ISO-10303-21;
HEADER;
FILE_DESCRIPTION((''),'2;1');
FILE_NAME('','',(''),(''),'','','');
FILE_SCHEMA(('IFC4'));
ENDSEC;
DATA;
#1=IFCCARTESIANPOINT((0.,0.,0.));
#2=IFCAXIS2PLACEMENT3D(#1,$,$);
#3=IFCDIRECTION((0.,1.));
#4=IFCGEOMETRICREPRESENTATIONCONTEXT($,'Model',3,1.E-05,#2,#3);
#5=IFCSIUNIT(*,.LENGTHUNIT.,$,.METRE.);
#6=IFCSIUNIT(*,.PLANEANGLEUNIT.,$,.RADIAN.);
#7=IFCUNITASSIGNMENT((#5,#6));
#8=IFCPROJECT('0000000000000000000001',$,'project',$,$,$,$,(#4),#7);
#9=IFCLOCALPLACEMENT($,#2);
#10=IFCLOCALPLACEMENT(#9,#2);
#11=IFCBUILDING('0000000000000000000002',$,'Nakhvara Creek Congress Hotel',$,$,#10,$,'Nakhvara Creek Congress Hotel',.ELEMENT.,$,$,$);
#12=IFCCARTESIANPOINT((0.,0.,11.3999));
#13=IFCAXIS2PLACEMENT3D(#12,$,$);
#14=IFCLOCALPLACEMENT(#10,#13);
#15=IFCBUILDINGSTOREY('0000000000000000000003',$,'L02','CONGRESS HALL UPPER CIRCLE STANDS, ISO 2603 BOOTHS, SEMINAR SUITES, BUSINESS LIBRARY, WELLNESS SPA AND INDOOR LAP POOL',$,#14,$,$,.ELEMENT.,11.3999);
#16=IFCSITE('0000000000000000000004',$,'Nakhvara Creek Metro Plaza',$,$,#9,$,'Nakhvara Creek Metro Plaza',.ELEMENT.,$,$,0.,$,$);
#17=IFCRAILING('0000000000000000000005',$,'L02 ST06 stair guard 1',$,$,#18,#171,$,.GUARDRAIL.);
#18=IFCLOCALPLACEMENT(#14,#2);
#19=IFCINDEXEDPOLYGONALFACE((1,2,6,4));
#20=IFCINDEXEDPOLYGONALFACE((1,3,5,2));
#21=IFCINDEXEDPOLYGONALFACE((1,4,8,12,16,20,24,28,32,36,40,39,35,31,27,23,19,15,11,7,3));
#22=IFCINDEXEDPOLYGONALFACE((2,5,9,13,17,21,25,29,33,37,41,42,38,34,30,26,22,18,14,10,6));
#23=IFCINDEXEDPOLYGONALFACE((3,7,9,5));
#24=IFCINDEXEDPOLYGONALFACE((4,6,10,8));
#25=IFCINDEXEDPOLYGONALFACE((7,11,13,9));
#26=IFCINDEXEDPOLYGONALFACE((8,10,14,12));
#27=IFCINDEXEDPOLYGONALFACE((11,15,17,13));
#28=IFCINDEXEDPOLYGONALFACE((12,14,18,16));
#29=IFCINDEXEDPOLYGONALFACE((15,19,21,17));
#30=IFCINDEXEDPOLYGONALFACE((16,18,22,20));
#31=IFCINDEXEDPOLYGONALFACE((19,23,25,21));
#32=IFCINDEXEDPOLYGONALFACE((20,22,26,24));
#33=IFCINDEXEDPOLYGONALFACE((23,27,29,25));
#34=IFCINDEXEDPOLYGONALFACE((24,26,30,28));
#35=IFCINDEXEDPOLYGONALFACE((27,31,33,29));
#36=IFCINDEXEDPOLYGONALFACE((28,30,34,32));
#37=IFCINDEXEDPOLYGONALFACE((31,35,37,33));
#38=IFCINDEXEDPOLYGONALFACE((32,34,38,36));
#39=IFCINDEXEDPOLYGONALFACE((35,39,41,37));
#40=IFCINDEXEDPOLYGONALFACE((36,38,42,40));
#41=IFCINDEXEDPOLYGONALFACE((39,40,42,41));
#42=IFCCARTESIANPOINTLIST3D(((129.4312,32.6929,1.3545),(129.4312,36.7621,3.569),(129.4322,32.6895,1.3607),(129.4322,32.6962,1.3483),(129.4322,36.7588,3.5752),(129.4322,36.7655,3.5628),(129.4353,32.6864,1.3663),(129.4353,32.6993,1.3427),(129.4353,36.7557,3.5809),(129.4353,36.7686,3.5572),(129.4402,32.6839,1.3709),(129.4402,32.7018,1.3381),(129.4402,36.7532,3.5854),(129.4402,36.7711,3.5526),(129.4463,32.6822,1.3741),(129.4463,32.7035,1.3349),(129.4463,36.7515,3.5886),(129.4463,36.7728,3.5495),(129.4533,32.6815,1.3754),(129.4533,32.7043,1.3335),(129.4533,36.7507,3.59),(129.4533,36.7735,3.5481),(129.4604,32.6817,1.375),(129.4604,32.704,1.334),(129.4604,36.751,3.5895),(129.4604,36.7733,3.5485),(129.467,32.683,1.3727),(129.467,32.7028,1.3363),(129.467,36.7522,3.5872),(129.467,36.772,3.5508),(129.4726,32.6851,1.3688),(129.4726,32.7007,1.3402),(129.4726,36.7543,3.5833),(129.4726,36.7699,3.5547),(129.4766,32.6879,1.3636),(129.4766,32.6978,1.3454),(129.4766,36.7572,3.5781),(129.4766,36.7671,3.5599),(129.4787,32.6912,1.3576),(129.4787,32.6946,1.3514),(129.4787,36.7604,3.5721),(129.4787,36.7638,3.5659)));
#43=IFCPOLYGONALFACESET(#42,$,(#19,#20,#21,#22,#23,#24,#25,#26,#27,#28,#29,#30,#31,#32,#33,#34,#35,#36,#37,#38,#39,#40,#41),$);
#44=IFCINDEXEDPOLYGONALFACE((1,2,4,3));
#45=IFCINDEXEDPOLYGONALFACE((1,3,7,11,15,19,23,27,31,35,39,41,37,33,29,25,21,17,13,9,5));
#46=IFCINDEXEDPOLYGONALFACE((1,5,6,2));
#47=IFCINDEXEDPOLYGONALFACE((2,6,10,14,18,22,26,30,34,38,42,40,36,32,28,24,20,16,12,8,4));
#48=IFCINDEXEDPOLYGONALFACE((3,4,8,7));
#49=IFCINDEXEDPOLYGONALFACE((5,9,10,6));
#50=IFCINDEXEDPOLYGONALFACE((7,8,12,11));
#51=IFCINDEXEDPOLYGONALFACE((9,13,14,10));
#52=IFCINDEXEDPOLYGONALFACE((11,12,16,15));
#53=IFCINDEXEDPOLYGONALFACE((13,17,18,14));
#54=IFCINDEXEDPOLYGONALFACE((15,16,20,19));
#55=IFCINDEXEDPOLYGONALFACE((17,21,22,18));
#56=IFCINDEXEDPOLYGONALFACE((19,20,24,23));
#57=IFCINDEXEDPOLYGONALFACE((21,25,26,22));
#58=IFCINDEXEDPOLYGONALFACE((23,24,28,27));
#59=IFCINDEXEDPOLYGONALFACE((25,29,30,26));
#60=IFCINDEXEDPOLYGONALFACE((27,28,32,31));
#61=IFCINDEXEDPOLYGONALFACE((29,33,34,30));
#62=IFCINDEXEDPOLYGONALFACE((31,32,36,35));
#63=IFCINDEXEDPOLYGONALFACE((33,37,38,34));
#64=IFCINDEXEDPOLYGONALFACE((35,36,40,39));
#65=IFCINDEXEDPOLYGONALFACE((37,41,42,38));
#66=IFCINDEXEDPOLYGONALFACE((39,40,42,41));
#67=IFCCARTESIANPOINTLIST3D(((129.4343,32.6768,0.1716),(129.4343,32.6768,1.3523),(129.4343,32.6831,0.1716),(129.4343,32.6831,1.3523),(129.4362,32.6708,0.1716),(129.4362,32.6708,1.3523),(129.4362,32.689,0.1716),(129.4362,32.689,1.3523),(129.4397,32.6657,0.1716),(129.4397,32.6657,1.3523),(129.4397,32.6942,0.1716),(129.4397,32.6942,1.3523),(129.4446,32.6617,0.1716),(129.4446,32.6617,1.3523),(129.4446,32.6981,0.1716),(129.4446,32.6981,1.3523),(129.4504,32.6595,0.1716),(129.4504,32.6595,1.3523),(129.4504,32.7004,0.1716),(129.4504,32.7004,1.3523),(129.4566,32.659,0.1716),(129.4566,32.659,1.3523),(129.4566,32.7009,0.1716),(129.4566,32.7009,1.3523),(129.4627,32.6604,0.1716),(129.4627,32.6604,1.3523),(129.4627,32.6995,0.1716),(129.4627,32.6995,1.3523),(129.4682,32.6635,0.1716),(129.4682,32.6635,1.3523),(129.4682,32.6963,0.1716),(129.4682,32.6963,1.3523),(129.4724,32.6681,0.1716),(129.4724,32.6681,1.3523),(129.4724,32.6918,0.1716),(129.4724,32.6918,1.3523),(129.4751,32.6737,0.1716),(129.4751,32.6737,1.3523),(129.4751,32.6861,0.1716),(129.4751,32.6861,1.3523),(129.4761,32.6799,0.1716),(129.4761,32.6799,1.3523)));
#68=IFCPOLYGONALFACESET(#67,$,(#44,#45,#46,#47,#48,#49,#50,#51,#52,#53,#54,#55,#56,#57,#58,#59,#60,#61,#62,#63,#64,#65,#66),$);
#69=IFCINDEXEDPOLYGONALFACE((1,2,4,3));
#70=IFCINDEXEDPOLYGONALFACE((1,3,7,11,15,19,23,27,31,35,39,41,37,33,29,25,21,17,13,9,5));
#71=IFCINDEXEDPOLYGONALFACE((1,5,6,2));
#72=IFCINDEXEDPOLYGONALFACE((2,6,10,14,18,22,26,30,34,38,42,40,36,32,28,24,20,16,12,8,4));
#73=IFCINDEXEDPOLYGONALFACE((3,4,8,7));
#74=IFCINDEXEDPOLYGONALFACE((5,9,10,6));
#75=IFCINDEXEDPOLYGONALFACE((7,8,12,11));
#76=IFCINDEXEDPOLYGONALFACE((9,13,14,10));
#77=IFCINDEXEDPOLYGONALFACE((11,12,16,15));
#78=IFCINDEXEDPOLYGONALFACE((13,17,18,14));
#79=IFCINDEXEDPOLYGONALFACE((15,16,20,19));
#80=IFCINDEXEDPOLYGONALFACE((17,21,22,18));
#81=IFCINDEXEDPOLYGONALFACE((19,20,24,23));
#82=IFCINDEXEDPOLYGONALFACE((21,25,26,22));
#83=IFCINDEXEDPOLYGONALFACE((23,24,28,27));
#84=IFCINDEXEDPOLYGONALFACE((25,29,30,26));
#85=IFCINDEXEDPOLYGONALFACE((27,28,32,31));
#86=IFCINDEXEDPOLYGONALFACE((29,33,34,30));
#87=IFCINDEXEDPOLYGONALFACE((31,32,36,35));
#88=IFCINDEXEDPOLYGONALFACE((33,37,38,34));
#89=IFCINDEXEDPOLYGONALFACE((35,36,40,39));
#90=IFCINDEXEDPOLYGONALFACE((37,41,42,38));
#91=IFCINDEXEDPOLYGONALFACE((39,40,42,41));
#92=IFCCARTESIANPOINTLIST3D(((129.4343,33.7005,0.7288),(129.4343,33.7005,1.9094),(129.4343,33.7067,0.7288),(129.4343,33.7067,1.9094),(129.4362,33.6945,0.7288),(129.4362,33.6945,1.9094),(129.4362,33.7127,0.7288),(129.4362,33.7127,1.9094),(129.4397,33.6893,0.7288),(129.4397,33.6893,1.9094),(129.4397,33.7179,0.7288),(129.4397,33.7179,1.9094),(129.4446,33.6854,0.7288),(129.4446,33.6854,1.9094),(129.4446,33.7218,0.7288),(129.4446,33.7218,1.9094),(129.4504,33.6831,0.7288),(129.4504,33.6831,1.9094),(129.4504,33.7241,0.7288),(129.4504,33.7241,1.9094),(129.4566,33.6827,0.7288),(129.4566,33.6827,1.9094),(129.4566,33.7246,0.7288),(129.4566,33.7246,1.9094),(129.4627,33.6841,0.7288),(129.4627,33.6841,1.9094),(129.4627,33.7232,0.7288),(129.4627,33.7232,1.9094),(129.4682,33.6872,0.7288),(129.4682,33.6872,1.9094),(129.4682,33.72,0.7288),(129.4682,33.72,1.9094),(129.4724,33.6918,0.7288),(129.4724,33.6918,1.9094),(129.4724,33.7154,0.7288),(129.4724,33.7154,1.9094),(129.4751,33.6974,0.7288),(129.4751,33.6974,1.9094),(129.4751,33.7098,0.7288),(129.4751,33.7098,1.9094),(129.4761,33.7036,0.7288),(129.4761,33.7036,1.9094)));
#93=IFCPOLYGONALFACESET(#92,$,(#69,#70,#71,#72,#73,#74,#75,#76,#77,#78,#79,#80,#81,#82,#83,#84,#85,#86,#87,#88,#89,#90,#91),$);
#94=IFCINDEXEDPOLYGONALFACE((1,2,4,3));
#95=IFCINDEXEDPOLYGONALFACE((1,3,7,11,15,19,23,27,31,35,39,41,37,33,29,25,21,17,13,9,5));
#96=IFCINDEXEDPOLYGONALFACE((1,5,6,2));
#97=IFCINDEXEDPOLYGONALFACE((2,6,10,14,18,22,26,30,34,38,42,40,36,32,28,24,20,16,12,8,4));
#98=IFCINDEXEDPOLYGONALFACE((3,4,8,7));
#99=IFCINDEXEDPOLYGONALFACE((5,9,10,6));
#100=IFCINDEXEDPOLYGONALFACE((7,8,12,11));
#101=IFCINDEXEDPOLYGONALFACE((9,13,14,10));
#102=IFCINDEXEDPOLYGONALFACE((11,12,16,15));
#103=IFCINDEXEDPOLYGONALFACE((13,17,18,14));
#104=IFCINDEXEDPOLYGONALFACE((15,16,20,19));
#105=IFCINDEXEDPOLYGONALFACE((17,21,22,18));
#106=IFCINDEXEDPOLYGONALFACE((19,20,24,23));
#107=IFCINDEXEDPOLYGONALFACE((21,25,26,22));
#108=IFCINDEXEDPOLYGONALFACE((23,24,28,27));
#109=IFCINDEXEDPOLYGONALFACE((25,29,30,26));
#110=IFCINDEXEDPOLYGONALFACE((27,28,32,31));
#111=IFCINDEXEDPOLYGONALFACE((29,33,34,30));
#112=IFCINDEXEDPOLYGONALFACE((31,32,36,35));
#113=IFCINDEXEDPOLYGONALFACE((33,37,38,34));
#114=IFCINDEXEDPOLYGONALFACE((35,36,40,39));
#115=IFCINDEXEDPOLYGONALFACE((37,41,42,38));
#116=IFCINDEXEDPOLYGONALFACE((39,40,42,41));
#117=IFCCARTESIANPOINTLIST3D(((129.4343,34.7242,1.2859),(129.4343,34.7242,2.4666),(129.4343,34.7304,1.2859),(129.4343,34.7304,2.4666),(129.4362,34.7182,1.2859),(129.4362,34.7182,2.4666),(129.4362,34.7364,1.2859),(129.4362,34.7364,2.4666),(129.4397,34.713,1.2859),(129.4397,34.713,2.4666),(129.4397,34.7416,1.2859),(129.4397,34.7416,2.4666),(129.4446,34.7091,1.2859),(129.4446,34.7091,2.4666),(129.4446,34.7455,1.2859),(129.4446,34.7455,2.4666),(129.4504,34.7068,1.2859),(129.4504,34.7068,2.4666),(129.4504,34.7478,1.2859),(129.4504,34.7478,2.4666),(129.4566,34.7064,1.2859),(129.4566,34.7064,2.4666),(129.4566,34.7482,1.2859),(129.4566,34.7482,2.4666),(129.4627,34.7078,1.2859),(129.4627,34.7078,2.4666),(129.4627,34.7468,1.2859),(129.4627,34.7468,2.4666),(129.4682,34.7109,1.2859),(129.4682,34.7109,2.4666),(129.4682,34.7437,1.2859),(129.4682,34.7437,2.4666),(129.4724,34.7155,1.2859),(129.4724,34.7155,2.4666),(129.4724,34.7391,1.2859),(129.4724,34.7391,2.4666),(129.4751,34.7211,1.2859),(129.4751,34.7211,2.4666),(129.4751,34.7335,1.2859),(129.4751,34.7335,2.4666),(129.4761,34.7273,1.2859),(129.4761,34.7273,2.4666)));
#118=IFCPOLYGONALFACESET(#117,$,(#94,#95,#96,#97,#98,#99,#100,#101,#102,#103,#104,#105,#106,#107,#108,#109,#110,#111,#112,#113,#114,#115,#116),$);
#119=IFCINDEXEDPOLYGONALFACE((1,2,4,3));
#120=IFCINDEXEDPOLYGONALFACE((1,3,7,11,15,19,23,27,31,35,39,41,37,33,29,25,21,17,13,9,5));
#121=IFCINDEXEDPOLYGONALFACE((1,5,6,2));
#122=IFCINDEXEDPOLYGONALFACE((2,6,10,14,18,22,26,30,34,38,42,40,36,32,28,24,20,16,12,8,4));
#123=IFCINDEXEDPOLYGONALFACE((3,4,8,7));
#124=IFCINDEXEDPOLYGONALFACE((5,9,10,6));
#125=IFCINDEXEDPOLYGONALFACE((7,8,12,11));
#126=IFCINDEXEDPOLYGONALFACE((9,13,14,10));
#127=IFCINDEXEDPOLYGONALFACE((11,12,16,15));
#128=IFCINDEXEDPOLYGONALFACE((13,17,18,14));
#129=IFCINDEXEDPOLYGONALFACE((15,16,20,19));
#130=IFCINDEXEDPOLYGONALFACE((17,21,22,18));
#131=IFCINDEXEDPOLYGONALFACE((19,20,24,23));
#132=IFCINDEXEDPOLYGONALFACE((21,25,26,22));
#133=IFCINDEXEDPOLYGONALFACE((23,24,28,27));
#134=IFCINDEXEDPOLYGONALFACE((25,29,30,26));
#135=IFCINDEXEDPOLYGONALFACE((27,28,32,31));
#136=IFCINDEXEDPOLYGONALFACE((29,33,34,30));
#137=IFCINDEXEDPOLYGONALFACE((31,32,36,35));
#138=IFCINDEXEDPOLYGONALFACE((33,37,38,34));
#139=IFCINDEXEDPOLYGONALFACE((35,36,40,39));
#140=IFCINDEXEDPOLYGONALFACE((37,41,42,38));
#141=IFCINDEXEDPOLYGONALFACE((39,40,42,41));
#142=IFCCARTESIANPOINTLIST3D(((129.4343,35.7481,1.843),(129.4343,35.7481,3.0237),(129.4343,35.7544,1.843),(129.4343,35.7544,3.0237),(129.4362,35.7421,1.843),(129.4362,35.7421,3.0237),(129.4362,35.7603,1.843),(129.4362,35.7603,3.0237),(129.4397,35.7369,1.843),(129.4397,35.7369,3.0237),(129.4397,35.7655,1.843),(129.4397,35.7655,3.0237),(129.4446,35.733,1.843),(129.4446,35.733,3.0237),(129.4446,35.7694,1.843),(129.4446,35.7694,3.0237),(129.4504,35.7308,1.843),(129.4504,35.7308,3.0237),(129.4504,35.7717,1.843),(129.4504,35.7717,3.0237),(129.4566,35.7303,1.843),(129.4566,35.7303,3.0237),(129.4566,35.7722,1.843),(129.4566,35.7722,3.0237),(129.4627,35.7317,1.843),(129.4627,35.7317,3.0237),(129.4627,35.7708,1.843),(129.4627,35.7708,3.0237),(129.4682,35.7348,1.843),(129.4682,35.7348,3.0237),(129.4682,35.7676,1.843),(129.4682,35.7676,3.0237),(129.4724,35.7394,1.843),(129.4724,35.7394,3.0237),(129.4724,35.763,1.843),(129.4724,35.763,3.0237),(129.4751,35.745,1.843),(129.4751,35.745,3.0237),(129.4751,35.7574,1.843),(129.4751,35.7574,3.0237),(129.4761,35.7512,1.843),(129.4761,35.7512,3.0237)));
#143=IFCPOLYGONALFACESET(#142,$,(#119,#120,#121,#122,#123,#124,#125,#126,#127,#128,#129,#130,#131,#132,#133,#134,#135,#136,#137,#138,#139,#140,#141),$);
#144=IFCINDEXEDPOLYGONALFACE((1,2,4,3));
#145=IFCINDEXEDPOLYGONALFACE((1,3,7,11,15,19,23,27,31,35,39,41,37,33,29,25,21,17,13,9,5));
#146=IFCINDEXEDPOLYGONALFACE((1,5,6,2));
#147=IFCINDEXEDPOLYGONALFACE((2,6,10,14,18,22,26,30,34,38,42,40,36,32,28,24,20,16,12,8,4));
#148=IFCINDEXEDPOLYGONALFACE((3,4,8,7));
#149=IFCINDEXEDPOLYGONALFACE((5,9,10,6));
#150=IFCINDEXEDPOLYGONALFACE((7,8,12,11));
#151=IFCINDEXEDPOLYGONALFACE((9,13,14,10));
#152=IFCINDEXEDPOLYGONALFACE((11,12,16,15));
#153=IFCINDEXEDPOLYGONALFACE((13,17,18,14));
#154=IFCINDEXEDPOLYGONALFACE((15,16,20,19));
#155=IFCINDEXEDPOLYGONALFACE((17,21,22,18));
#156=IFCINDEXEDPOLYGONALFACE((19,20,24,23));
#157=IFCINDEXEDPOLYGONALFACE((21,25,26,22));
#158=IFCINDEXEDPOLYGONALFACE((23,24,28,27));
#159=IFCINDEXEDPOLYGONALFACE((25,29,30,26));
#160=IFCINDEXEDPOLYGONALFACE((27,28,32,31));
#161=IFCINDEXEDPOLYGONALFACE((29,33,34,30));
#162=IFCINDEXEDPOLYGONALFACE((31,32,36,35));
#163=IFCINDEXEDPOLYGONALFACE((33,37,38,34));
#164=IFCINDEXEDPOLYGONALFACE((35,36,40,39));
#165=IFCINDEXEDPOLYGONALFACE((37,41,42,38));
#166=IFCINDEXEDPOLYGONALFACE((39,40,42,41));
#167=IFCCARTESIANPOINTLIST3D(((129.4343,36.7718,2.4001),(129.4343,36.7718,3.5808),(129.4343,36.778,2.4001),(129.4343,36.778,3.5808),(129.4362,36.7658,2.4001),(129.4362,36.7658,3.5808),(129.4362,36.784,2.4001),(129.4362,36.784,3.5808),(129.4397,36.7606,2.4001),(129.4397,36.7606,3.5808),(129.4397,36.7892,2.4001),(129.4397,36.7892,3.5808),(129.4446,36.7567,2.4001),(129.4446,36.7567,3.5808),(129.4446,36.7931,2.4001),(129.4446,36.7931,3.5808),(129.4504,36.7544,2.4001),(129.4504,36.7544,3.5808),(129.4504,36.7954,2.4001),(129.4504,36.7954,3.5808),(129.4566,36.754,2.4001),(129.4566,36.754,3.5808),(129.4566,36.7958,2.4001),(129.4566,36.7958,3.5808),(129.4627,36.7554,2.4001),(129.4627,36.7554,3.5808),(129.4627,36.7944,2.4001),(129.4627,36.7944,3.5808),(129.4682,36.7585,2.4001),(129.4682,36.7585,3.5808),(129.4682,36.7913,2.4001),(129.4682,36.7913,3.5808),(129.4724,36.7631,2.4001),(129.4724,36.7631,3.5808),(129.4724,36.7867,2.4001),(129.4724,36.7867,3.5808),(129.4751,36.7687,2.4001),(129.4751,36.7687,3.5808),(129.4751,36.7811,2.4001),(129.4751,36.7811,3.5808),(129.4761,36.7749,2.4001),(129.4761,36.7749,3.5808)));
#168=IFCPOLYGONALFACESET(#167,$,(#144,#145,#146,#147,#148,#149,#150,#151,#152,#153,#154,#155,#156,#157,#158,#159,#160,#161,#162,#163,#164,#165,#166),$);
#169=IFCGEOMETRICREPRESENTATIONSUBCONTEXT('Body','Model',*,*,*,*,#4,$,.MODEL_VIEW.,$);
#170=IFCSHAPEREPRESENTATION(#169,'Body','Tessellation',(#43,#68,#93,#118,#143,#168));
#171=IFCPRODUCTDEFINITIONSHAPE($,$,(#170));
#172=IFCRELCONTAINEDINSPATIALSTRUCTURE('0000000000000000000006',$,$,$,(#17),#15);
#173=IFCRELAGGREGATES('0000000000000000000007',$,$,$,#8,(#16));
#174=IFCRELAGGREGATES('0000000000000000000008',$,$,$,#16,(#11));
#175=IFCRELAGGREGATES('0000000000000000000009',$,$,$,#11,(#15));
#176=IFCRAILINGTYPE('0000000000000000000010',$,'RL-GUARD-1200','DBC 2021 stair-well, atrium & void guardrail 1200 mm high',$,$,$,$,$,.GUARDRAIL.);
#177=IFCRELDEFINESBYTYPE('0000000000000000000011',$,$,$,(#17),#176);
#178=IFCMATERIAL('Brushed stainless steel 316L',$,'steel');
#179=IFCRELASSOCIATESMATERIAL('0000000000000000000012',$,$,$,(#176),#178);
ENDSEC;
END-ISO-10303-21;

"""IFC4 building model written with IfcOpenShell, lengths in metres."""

from ifc_helpers import new_model, si_unit, direction, frame, origin, origin_2d, place, context, subcontext, project, spatial, circle, extrude, material, type_object, element, save


model = new_model("IFC4")

# Units and contexts
model_context = context("Model", 3, precision=1e-05, world=origin(), true_north=direction((0.0, 1.0)))
body_context = subcontext(model_context, "Body", "Model", "MODEL_VIEW")
ifc_project = project(units=[si_unit("LENGTHUNIT", "METRE"), si_unit("PLANEANGLEUNIT", "RADIAN")], contexts=[model_context])

# Site, building, storey
site_placement = place(None, origin())
site = spatial("IfcSite", under=ifc_project, at=site_placement, Name="Nakhvara Creek Metro Plaza", LongName="Nakhvara Creek Metro Plaza", CompositionType="ELEMENT", RefElevation=0.0)
building_placement = place(site_placement, origin())
building = spatial("IfcBuilding", under=site, at=building_placement, Name="Nakhvara Creek Congress Hotel", LongName="Nakhvara Creek Congress Hotel", CompositionType="ELEMENT")
storey_placement = place(building_placement, frame((0.0, 0.0, 11.3999)))
storey = spatial("IfcBuildingStorey", under=building, at=storey_placement, Name="L02", Description="CONGRESS HALL UPPER CIRCLE STANDS, ISO 2603 BOOTHS, SEMINAR SUITES, BUSINESS LIBRARY, WELLNESS SPA AND INDOOR LAP POOL", CompositionType="ELEMENT", Elevation=11.3999)

# Railing
ifc_material_1 = material(Name="Brushed stainless steel 316L", Category="steel")
railing_type_1 = type_object("IfcRailingType", Name="RL-GUARD-1200", Description="DBC 2021 stair-well, atrium & void guardrail 1200 mm high", PredefinedType="GUARDRAIL", material=ifc_material_1)
railing_1_placement = place(storey_placement, frame((129.4551, 32.6799, 0.1716)))
element("IfcRailing", 1, at=railing_1_placement, inside=storey, type_object=railing_type_1, Name="L02 ST06 stair guard 1", PredefinedType="GUARDRAIL", context=body_context, shape_type="SweptSolid", body=[
    extrude(circle(Radius=0.0239, at=origin_2d()), frame((0.0, 0.0129, 1.1829), z_axis=(0.0, 0.878355, 0.478008), x_axis=(-1.0, 0.0, 0.0)), (0.0, 0.0, 1.0), 4.6328),
    extrude(circle(Radius=0.021, at=origin_2d()), origin(), (0.0, 0.0, 1.0), 1.1807),
    extrude(circle(Radius=0.021, at=origin_2d()), frame((0.0, 1.0237, 0.5571)), (0.0, 0.0, 1.0), 1.1807),
    extrude(circle(Radius=0.021, at=origin_2d()), frame((0.0, 2.0474, 1.1143)), (0.0, 0.0, 1.0), 1.1807),
    extrude(circle(Radius=0.021, at=origin_2d()), frame((0.0, 3.0713, 1.6714)), (0.0, 0.0, 1.0), 1.1807),
    extrude(circle(Radius=0.021, at=origin_2d()), frame((0.0, 4.095, 2.2285)), (0.0, 0.0, 1.0), 1.1807),
])

save(model, "model.ifc")
